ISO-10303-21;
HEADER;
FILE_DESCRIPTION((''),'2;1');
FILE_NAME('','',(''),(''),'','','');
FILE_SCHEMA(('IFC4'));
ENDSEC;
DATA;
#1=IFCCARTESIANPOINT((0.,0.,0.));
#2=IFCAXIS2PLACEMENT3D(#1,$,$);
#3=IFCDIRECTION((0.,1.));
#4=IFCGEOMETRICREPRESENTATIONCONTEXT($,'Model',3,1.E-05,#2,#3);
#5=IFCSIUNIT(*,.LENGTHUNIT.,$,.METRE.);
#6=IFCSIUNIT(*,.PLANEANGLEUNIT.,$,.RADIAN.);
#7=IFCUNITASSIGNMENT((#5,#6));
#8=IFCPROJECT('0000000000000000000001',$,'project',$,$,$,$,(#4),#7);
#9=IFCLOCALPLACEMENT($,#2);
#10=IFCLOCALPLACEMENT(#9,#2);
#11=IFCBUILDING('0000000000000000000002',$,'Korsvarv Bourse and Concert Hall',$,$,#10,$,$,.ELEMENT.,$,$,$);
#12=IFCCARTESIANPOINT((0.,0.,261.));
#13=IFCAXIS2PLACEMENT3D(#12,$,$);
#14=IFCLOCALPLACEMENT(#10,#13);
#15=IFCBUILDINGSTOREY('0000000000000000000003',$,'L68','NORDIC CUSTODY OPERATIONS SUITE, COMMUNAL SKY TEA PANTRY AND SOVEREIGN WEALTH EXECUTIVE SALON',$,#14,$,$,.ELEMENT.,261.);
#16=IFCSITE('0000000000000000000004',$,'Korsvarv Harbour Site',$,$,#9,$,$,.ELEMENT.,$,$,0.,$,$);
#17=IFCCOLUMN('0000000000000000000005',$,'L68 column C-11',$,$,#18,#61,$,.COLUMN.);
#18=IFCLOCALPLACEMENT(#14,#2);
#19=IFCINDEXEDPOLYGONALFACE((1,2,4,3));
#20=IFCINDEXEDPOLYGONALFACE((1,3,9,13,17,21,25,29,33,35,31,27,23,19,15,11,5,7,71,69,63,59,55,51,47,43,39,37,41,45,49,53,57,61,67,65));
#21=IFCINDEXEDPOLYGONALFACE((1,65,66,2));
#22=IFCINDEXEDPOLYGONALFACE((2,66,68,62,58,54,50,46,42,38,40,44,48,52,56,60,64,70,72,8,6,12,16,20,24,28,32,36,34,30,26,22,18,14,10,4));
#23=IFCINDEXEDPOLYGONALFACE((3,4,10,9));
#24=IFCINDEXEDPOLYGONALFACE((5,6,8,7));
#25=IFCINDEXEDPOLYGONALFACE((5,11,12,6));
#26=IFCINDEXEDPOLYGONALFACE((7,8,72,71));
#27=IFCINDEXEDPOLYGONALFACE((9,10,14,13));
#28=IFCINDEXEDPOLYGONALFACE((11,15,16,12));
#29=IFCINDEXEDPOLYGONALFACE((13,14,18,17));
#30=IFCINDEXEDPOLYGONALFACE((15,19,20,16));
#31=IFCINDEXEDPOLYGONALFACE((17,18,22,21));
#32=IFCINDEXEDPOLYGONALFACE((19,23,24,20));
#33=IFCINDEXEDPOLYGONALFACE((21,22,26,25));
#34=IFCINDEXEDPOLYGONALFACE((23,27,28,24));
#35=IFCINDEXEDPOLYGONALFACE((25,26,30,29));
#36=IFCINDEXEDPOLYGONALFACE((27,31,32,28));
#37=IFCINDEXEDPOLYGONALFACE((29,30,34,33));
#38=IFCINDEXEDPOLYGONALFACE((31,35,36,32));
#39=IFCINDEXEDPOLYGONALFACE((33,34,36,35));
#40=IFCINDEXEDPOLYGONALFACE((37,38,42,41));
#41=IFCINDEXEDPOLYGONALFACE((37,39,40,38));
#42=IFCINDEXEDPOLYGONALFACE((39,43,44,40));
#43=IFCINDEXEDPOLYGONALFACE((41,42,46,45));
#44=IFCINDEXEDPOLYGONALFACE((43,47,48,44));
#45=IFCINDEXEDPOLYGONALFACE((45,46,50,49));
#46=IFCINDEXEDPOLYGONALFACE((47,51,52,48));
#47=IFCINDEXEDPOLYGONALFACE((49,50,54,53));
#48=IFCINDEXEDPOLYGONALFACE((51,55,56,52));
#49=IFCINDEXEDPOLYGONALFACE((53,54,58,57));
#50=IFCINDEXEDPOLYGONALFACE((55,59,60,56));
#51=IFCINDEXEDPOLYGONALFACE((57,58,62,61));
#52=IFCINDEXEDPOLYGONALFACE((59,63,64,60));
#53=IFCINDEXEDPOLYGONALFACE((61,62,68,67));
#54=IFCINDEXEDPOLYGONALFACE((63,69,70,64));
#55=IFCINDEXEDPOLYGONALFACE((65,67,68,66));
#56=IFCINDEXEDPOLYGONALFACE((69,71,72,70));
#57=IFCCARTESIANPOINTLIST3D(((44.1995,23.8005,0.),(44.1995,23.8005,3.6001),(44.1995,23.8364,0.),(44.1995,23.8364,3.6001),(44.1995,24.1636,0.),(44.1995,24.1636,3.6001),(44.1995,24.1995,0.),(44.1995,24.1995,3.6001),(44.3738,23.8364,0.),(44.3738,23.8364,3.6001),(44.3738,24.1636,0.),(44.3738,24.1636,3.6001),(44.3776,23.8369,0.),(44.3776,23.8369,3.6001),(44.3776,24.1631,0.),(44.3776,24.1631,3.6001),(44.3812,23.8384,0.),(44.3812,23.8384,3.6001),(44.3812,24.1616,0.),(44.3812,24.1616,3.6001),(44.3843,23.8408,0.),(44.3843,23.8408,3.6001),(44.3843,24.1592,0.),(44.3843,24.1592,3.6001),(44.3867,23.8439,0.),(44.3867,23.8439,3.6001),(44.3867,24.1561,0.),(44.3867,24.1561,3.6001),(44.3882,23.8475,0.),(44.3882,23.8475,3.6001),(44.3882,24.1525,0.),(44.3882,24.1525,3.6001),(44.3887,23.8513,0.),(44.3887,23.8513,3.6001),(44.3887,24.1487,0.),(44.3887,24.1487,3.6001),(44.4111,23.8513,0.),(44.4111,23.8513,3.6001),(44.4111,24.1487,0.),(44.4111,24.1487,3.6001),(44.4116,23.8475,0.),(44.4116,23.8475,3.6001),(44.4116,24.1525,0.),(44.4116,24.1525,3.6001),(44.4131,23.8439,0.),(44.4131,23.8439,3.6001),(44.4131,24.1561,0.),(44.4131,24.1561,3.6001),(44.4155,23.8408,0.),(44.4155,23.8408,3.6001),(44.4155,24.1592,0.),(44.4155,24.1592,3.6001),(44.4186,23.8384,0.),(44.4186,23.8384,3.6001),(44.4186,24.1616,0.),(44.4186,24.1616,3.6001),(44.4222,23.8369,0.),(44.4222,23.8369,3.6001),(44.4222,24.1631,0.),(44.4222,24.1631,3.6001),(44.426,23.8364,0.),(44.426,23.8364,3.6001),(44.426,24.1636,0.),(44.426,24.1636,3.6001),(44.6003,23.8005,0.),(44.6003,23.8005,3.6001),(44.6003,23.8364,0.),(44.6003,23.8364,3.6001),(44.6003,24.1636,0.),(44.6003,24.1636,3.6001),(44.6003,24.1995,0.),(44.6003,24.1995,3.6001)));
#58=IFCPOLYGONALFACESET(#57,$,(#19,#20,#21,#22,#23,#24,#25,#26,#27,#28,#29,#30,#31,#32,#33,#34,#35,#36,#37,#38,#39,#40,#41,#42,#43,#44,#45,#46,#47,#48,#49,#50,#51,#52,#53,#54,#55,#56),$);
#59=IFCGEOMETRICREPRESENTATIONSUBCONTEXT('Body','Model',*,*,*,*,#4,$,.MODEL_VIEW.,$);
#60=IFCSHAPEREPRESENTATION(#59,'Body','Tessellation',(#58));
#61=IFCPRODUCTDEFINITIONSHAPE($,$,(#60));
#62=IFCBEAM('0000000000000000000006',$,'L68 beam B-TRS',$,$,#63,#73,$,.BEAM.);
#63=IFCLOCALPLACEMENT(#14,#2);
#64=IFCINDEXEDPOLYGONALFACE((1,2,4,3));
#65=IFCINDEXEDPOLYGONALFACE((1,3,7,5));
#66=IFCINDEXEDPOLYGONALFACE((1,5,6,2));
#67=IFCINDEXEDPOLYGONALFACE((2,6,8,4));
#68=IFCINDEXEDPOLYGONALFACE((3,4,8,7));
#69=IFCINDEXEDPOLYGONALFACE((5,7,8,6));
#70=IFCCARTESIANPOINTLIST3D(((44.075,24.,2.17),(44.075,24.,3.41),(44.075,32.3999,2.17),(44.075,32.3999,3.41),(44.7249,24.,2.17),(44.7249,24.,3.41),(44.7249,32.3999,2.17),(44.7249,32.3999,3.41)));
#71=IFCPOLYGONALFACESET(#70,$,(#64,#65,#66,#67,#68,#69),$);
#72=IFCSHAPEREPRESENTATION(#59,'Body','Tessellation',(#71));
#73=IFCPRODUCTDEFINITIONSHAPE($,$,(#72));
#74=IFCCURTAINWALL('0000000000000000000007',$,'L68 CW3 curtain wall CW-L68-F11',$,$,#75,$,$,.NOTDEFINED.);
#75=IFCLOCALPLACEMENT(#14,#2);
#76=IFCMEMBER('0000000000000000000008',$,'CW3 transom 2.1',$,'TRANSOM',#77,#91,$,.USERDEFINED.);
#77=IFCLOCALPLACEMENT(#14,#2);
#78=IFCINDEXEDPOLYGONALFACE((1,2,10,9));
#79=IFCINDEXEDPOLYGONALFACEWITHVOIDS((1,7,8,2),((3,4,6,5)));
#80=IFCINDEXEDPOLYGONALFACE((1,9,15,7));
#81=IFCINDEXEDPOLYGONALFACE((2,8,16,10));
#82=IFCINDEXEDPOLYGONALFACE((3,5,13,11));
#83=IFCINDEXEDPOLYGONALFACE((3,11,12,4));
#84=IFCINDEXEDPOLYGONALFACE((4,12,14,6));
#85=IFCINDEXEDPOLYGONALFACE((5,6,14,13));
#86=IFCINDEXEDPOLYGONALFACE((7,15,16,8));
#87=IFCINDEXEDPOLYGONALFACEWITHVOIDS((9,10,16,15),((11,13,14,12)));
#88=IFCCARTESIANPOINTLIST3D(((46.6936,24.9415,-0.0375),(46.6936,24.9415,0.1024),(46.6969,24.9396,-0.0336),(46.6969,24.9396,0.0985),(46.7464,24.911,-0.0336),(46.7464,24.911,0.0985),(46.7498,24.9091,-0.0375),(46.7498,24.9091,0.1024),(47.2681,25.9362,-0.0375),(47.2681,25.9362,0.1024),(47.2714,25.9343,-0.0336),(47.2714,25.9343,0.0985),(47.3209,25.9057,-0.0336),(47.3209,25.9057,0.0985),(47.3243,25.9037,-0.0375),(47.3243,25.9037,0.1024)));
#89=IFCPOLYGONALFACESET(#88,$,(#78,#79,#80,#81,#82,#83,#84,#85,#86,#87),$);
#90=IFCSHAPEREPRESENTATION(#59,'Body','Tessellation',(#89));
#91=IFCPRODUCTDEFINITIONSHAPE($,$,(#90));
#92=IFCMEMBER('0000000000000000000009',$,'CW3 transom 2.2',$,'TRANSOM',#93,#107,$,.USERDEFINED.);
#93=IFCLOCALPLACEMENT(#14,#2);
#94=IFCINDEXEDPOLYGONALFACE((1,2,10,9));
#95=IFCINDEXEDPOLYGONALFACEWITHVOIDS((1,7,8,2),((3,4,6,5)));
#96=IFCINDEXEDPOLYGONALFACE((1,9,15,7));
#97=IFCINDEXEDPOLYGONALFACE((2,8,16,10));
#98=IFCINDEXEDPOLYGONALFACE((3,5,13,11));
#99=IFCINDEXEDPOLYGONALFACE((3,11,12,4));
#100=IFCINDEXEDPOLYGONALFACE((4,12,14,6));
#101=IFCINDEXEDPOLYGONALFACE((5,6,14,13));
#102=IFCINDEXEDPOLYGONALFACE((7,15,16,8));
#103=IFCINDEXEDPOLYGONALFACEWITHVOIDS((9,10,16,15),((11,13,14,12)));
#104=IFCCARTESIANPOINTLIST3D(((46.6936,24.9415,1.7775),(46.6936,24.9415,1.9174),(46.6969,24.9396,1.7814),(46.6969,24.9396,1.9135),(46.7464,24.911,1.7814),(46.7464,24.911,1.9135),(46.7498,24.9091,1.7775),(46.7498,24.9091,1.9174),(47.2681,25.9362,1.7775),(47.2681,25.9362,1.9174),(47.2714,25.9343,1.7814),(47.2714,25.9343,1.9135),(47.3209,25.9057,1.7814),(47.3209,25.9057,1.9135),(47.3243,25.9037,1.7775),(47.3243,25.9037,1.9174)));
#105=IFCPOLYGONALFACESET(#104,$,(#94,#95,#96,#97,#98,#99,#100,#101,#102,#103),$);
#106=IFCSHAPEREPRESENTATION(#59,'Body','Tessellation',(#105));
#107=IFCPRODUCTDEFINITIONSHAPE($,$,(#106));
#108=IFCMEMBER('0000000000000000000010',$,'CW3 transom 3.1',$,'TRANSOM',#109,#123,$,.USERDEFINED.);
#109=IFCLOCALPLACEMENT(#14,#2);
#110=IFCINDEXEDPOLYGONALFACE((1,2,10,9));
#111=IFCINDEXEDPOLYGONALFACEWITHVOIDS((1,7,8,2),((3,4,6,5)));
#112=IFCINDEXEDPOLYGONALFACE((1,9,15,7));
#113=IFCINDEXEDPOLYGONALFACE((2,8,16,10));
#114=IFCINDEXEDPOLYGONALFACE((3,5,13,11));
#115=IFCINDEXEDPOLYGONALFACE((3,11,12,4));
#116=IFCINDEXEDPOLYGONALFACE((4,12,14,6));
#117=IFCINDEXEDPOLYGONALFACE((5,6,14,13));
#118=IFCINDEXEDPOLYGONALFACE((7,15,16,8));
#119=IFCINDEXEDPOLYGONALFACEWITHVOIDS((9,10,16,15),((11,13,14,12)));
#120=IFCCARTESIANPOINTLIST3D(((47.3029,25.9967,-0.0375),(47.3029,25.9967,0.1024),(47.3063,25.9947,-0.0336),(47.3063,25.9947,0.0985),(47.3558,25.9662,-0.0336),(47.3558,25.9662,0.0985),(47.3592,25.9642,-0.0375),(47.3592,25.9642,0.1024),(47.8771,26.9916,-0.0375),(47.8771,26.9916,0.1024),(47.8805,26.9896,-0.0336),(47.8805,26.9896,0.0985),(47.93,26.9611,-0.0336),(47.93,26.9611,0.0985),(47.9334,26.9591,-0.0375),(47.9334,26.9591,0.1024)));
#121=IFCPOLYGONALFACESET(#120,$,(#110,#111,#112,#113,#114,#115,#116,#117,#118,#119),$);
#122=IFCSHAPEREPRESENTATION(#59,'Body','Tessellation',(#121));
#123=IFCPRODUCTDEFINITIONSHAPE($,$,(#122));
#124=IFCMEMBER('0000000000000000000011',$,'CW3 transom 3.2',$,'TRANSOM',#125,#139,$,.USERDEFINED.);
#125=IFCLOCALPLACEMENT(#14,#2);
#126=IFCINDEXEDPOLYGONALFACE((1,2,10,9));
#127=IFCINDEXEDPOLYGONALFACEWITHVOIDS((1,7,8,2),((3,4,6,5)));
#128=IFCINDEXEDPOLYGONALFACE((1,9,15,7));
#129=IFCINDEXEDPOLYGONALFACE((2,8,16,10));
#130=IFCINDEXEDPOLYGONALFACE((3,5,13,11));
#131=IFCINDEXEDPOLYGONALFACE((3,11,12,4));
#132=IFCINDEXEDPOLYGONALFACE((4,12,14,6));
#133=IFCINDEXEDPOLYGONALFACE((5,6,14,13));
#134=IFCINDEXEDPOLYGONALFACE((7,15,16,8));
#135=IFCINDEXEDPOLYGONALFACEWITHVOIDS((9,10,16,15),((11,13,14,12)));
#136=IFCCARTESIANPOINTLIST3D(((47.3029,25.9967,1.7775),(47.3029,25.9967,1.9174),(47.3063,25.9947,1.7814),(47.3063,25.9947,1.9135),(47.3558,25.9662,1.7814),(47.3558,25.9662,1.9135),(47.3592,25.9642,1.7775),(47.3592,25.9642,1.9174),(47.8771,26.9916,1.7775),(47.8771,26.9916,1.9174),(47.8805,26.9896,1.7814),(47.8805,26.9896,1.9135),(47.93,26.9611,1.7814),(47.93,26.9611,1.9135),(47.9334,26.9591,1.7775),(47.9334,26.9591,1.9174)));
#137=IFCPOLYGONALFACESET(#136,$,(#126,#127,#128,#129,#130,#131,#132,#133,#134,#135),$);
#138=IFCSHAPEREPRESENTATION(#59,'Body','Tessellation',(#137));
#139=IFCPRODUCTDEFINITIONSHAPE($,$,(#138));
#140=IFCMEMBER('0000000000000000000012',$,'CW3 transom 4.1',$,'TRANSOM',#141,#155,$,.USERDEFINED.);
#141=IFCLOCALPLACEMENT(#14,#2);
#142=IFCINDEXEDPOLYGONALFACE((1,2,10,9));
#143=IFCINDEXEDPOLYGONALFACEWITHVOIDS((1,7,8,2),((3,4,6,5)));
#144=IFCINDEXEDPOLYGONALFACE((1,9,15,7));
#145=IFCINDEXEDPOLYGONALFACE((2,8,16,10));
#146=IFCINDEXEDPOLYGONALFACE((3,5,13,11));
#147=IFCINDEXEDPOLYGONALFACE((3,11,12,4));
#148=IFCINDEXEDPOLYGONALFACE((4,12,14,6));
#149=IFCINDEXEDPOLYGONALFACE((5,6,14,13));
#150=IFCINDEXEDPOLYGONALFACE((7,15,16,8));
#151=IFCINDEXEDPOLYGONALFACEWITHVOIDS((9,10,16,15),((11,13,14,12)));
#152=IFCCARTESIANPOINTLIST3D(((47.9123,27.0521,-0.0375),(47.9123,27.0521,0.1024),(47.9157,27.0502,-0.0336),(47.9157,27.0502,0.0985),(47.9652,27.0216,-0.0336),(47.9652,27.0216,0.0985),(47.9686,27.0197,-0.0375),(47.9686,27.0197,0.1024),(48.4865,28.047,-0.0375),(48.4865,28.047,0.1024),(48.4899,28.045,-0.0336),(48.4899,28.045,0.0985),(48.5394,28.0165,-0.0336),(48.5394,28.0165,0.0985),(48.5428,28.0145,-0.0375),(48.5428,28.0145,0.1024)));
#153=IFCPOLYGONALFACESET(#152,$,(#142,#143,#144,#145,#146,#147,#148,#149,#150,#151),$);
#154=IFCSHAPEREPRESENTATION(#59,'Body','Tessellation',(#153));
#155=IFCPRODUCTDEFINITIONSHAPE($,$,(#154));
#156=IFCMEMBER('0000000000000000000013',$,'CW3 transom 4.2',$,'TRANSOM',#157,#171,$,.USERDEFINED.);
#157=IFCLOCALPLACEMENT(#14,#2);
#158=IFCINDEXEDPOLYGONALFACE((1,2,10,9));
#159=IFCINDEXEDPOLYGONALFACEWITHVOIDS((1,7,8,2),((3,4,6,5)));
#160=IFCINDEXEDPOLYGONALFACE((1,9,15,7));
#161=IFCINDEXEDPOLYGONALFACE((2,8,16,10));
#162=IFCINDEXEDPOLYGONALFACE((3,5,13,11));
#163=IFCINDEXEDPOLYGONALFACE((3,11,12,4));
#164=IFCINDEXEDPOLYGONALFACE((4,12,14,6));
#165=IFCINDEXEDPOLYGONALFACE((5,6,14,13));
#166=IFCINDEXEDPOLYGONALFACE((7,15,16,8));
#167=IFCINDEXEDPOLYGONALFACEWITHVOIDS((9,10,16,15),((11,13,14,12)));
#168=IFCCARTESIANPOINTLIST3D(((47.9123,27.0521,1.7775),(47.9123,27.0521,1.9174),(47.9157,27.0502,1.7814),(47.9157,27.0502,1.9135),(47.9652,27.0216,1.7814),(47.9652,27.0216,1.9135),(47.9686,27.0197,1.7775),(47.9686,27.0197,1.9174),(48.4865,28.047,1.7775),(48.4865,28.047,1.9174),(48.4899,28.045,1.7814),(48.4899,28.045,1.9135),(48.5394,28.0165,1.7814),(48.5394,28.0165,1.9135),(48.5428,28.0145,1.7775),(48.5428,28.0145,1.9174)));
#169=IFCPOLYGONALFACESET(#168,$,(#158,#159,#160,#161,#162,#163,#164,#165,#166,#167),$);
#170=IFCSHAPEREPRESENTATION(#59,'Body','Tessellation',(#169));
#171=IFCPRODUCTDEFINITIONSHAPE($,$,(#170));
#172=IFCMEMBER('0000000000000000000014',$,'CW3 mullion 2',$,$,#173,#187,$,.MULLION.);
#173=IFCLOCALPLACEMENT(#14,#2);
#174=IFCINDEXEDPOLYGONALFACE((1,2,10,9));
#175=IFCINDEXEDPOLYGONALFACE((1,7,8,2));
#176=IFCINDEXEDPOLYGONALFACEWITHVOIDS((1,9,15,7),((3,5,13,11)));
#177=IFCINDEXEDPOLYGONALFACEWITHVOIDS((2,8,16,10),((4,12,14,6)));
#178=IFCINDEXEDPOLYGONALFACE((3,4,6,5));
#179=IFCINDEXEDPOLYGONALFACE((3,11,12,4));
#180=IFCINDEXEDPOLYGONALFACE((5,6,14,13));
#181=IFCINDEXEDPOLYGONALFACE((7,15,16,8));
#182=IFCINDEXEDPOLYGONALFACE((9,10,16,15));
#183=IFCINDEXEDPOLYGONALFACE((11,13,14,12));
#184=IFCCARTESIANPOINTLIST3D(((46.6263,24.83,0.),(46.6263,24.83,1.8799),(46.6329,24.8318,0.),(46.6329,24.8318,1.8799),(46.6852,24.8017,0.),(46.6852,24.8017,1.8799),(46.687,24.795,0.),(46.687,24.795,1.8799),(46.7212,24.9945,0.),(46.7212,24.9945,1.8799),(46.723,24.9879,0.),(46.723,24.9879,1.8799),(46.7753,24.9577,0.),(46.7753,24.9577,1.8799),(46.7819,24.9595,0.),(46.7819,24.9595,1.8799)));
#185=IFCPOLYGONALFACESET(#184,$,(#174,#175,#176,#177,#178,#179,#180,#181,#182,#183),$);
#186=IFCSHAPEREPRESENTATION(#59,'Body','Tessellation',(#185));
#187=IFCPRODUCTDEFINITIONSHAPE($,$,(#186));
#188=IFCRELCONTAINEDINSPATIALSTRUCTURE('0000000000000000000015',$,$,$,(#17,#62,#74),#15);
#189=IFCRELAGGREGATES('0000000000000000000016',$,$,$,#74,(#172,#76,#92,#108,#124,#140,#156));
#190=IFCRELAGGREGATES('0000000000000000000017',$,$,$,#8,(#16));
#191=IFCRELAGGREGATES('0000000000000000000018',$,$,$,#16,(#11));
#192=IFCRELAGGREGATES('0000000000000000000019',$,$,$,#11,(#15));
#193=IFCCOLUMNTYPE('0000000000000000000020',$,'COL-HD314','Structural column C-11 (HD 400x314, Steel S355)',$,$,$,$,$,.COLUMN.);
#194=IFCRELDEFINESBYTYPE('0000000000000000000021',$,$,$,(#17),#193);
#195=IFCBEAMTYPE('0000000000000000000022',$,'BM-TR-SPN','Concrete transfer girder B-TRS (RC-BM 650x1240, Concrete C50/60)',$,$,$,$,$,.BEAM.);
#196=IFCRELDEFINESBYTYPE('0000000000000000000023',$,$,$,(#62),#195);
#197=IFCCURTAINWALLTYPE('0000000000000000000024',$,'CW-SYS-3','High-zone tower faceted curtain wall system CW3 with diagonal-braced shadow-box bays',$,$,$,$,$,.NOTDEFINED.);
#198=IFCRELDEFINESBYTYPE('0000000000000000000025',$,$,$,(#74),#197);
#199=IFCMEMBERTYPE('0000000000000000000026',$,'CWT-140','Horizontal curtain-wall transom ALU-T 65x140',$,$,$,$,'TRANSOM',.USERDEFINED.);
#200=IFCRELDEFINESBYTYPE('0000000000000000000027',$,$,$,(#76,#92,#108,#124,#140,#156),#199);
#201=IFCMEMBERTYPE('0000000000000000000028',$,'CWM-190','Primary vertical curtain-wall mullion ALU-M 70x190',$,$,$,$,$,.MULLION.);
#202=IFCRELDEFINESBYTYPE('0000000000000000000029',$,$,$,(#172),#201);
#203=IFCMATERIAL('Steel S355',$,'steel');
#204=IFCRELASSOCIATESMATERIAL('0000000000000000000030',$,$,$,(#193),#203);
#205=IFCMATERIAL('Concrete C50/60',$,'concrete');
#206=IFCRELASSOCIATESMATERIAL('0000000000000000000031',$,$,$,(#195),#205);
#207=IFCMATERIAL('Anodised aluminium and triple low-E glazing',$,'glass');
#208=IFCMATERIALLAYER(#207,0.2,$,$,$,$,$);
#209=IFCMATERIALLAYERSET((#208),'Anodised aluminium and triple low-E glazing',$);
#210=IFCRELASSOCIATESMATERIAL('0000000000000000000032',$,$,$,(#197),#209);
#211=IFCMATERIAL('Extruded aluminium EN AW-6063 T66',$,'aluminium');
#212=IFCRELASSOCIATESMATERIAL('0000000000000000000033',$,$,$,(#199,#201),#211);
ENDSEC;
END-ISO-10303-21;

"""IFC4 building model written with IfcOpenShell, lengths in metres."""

from ifc_helpers import new_model, si_unit, direction, frame, origin, origin_2d, place, context, subcontext, project, spatial, rectangle, hollow_rectangle, i_section, extrude, source, transform, mapped, material, layer, layer_set, material_profile, profile_set, type_object, element, aggregate, save


model = new_model("IFC4")

# Units and contexts
model_context = context("Model", 3, precision=1e-05, world=origin(), true_north=direction((0.0, 1.0)))
body_context = subcontext(model_context, "Body", "Model", "MODEL_VIEW")
ifc_project = project(units=[si_unit("LENGTHUNIT", "METRE"), si_unit("PLANEANGLEUNIT", "RADIAN")], contexts=[model_context])

# Site, building, storey
site_placement = place(None, origin())
site = spatial("IfcSite", under=ifc_project, at=site_placement, Name="Korsvarv Harbour Site", CompositionType="ELEMENT", RefElevation=0.0)
building_placement = place(site_placement, origin())
building = spatial("IfcBuilding", under=site, at=building_placement, Name="Korsvarv Bourse and Concert Hall", CompositionType="ELEMENT")
storey_placement = place(building_placement, frame((0.0, 0.0, 261.0)))
storey = spatial("IfcBuildingStorey", under=building, at=storey_placement, Name="L68", Description="NORDIC CUSTODY OPERATIONS SUITE, COMMUNAL SKY TEA PANTRY AND SOVEREIGN WEALTH EXECUTIVE SALON", CompositionType="ELEMENT", Elevation=261.0)

# Column
ifc_material_1 = material(Name="Steel S355", Category="steel")
ifc_material_profile_1 = material_profile(ifc_material_1, i_section(OverallWidth=0.4009, OverallDepth=0.3989, WebThickness=0.0225, FlangeThickness=0.0359, FilletRadius=0.0149, at=origin_2d()), Name="HD 400x314")
ifc_profile_set_1 = profile_set([ifc_material_profile_1], Name="Steel S355")
column_type = type_object("IfcColumnType", Name="COL-HD314", Description="Structural column C-11 (HD 400x314, Steel S355)", PredefinedType="COLUMN", material=ifc_profile_set_1)
shared_shape_1 = source(origin(), body_context, "Body", "SweptSolid", [
    extrude(i_section(OverallWidth=0.4009, OverallDepth=0.3989, WebThickness=0.0225, FlangeThickness=0.0359, FilletRadius=0.0149, at=origin_2d()), origin(), (0.0, 0.0, 1.0), 3.6001),
])
column_placement = place(storey_placement, frame((44.3999, 24.0, 0.0), z_axis=(0.0, 0.0, 1.0), x_axis=(1.0, 0.0, 0.0)))
element("IfcColumn", 1, at=column_placement, inside=storey, type_object=column_type, Name="L68 column C-11", PredefinedType="COLUMN", context=body_context, shape_type="MappedRepresentation", body=[
    mapped(shared_shape_1, transform((0.0, 0.0, 0.0), scale=1.0)),
])

# Beam
ifc_material_2 = material(Name="Concrete C50/60", Category="concrete")
ifc_material_profile_2 = material_profile(ifc_material_2, rectangle(XDim=0.6499, YDim=1.24, at=origin_2d()), Name="RC-BM 650x1240")
ifc_profile_set_2 = profile_set([ifc_material_profile_2], Name="Concrete C50/60")
beam_type = type_object("IfcBeamType", Name="BM-TR-SPN", Description="Concrete transfer girder B-TRS (RC-BM 650x1240, Concrete C50/60)", PredefinedType="BEAM", material=ifc_profile_set_2)
shared_shape_2 = source(origin(), body_context, "Body", "SweptSolid", [
    extrude(rectangle(XDim=0.6499, YDim=1.24, at=origin_2d()), origin(), (0.0, 0.0, 1.0), 8.3999),
])
beam_placement = place(storey_placement, frame((44.3999, 24.0, 2.79), z_axis=(0.0, 1.0, 0.0), x_axis=(-1.0, 0.0, 0.0)))
element("IfcBeam", 2, at=beam_placement, inside=storey, type_object=beam_type, Name="L68 beam B-TRS", PredefinedType="BEAM", context=body_context, shape_type="MappedRepresentation", body=[
    mapped(shared_shape_2, transform((0.0, 0.0, 0.0), scale=1.0)),
])

# Curtain wall, members
ifc_material_3 = material(Name="Anodised aluminium and triple low-E glazing", Category="glass")
ifc_layer_1 = layer(ifc_material_3, 0.2)
ifc_layer_set_1 = layer_set([ifc_layer_1], Name="Anodised aluminium and triple low-E glazing")
curtain_wall_type = type_object("IfcCurtainWallType", Name="CW-SYS-3", Description="High-zone tower faceted curtain wall system CW3 with diagonal-braced shadow-box bays", PredefinedType="NOTDEFINED", material=ifc_layer_set_1)
curtain_wall_placement = place(storey_placement, origin())
curtain_wall = element("IfcCurtainWall", 3, at=curtain_wall_placement, inside=storey, type_object=curtain_wall_type, Name="L68 CW3 curtain wall CW-L68-F11", PredefinedType="NOTDEFINED")
ifc_material_4 = material(Name="Extruded aluminium EN AW-6063 T66", Category="aluminium")
ifc_material_profile_3 = material_profile(ifc_material_4, hollow_rectangle(XDim=0.0649, YDim=0.1399, WallThickness=0.0039, at=origin_2d()), Name="ALU-T 65x140")
ifc_profile_set_3 = profile_set([ifc_material_profile_3], Name="Extruded aluminium EN AW-6063 T66")
member_type_1 = type_object("IfcMemberType", Name="CWT-140", Description="Horizontal curtain-wall transom ALU-T 65x140", ElementType="TRANSOM", PredefinedType="USERDEFINED", material=ifc_profile_set_3)
shared_shape_3 = source(origin(), body_context, "Body", "SweptSolid", [
    extrude(hollow_rectangle(XDim=0.0649, YDim=0.1399, WallThickness=0.0039, at=origin_2d()), origin(), (0.0, 0.0, 1.0), 1.1487),
])
member_1_placement = place(storey_placement, frame((46.7217, 24.9253, 0.0325), z_axis=(0.500139, 0.865945, 0.0), x_axis=(-0.865945, 0.500139, 0.0)))
member_1 = element("IfcMember", 4, at=member_1_placement, type_object=member_type_1, Name="CW3 transom 2.1", ObjectType="TRANSOM", PredefinedType="USERDEFINED", context=body_context, shape_type="MappedRepresentation", body=[
    mapped(shared_shape_3, transform((0.0, 0.0, 0.0), scale=1.0)),
])
member_2_placement = place(storey_placement, frame((46.7217, 24.9253, 1.8474), z_axis=(0.500139, 0.865945, 0.0), x_axis=(-0.865945, 0.500139, 0.0)))
member_2 = element("IfcMember", 5, at=member_2_placement, type_object=member_type_1, Name="CW3 transom 2.2", ObjectType="TRANSOM", PredefinedType="USERDEFINED", context=body_context, shape_type="MappedRepresentation", body=[
    mapped(shared_shape_3, transform((0.0, 0.0, 0.0), scale=1.0)),
])
member_3_placement = place(storey_placement, frame((47.3311, 25.9805, 0.0325), z_axis=(0.499888, 0.86609, 0.0), x_axis=(-0.86609, 0.499888, 0.0)))
member_3 = element("IfcMember", 6, at=member_3_placement, type_object=member_type_1, Name="CW3 transom 3.1", ObjectType="TRANSOM", PredefinedType="USERDEFINED", context=body_context, shape_type="MappedRepresentation", body=[
    mapped(shared_shape_3, transform((0.0, 0.0, 0.0), scale=1.0)),
])
member_4_placement = place(storey_placement, frame((47.3311, 25.9805, 1.8474), z_axis=(0.499888, 0.86609, 0.0), x_axis=(-0.86609, 0.499888, 0.0)))
member_4 = element("IfcMember", 7, at=member_4_placement, type_object=member_type_1, Name="CW3 transom 3.2", ObjectType="TRANSOM", PredefinedType="USERDEFINED", context=body_context, shape_type="MappedRepresentation", body=[
    mapped(shared_shape_3, transform((0.0, 0.0, 0.0), scale=1.0)),
])
member_5_placement = place(storey_placement, frame((47.9404, 27.0359, 0.0325), z_axis=(0.499888, 0.86609, 0.0), x_axis=(-0.86609, 0.499888, 0.0)))
member_5 = element("IfcMember", 8, at=member_5_placement, type_object=member_type_1, Name="CW3 transom 4.1", ObjectType="TRANSOM", PredefinedType="USERDEFINED", context=body_context, shape_type="MappedRepresentation", body=[
    mapped(shared_shape_3, transform((0.0, 0.0, 0.0), scale=1.0)),
])
member_6_placement = place(storey_placement, frame((47.9404, 27.0359, 1.8474), z_axis=(0.499888, 0.86609, 0.0), x_axis=(-0.86609, 0.499888, 0.0)))
member_6 = element("IfcMember", 9, at=member_6_placement, type_object=member_type_1, Name="CW3 transom 4.2", ObjectType="TRANSOM", PredefinedType="USERDEFINED", context=body_context, shape_type="MappedRepresentation", body=[
    mapped(shared_shape_3, transform((0.0, 0.0, 0.0), scale=1.0)),
])
ifc_material_profile_4 = material_profile(ifc_material_4, hollow_rectangle(XDim=0.0701, YDim=0.1899, WallThickness=0.0049, at=origin_2d()), Name="ALU-M 70x190")
ifc_profile_set_4 = profile_set([ifc_material_profile_4], Name="Extruded aluminium EN AW-6063 T66")
member_type_2 = type_object("IfcMemberType", Name="CWM-190", Description="Primary vertical curtain-wall mullion ALU-M 70x190", PredefinedType="MULLION", material=ifc_profile_set_4)
shared_shape_4 = source(origin(), body_context, "Body", "SweptSolid", [
    extrude(hollow_rectangle(XDim=0.0701, YDim=0.1899, WallThickness=0.0049, at=origin_2d()), origin(), (0.0, 0.0, 1.0), 1.8799),
])
member_7_placement = place(storey_placement, frame((46.7041, 24.8948, 0.0), z_axis=(0.0, 0.0, 1.0), x_axis=(-0.866023, 0.500004, 0.0)))
member_7 = element("IfcMember", 10, at=member_7_placement, type_object=member_type_2, Name="CW3 mullion 2", PredefinedType="MULLION", context=body_context, shape_type="MappedRepresentation", body=[
    mapped(shared_shape_4, transform((0.0, 0.0, 0.0), scale=1.0)),
])
aggregate(curtain_wall, [member_7, member_1, member_2, member_3, member_4, member_5, member_6])

save(model, "model.ifc")
